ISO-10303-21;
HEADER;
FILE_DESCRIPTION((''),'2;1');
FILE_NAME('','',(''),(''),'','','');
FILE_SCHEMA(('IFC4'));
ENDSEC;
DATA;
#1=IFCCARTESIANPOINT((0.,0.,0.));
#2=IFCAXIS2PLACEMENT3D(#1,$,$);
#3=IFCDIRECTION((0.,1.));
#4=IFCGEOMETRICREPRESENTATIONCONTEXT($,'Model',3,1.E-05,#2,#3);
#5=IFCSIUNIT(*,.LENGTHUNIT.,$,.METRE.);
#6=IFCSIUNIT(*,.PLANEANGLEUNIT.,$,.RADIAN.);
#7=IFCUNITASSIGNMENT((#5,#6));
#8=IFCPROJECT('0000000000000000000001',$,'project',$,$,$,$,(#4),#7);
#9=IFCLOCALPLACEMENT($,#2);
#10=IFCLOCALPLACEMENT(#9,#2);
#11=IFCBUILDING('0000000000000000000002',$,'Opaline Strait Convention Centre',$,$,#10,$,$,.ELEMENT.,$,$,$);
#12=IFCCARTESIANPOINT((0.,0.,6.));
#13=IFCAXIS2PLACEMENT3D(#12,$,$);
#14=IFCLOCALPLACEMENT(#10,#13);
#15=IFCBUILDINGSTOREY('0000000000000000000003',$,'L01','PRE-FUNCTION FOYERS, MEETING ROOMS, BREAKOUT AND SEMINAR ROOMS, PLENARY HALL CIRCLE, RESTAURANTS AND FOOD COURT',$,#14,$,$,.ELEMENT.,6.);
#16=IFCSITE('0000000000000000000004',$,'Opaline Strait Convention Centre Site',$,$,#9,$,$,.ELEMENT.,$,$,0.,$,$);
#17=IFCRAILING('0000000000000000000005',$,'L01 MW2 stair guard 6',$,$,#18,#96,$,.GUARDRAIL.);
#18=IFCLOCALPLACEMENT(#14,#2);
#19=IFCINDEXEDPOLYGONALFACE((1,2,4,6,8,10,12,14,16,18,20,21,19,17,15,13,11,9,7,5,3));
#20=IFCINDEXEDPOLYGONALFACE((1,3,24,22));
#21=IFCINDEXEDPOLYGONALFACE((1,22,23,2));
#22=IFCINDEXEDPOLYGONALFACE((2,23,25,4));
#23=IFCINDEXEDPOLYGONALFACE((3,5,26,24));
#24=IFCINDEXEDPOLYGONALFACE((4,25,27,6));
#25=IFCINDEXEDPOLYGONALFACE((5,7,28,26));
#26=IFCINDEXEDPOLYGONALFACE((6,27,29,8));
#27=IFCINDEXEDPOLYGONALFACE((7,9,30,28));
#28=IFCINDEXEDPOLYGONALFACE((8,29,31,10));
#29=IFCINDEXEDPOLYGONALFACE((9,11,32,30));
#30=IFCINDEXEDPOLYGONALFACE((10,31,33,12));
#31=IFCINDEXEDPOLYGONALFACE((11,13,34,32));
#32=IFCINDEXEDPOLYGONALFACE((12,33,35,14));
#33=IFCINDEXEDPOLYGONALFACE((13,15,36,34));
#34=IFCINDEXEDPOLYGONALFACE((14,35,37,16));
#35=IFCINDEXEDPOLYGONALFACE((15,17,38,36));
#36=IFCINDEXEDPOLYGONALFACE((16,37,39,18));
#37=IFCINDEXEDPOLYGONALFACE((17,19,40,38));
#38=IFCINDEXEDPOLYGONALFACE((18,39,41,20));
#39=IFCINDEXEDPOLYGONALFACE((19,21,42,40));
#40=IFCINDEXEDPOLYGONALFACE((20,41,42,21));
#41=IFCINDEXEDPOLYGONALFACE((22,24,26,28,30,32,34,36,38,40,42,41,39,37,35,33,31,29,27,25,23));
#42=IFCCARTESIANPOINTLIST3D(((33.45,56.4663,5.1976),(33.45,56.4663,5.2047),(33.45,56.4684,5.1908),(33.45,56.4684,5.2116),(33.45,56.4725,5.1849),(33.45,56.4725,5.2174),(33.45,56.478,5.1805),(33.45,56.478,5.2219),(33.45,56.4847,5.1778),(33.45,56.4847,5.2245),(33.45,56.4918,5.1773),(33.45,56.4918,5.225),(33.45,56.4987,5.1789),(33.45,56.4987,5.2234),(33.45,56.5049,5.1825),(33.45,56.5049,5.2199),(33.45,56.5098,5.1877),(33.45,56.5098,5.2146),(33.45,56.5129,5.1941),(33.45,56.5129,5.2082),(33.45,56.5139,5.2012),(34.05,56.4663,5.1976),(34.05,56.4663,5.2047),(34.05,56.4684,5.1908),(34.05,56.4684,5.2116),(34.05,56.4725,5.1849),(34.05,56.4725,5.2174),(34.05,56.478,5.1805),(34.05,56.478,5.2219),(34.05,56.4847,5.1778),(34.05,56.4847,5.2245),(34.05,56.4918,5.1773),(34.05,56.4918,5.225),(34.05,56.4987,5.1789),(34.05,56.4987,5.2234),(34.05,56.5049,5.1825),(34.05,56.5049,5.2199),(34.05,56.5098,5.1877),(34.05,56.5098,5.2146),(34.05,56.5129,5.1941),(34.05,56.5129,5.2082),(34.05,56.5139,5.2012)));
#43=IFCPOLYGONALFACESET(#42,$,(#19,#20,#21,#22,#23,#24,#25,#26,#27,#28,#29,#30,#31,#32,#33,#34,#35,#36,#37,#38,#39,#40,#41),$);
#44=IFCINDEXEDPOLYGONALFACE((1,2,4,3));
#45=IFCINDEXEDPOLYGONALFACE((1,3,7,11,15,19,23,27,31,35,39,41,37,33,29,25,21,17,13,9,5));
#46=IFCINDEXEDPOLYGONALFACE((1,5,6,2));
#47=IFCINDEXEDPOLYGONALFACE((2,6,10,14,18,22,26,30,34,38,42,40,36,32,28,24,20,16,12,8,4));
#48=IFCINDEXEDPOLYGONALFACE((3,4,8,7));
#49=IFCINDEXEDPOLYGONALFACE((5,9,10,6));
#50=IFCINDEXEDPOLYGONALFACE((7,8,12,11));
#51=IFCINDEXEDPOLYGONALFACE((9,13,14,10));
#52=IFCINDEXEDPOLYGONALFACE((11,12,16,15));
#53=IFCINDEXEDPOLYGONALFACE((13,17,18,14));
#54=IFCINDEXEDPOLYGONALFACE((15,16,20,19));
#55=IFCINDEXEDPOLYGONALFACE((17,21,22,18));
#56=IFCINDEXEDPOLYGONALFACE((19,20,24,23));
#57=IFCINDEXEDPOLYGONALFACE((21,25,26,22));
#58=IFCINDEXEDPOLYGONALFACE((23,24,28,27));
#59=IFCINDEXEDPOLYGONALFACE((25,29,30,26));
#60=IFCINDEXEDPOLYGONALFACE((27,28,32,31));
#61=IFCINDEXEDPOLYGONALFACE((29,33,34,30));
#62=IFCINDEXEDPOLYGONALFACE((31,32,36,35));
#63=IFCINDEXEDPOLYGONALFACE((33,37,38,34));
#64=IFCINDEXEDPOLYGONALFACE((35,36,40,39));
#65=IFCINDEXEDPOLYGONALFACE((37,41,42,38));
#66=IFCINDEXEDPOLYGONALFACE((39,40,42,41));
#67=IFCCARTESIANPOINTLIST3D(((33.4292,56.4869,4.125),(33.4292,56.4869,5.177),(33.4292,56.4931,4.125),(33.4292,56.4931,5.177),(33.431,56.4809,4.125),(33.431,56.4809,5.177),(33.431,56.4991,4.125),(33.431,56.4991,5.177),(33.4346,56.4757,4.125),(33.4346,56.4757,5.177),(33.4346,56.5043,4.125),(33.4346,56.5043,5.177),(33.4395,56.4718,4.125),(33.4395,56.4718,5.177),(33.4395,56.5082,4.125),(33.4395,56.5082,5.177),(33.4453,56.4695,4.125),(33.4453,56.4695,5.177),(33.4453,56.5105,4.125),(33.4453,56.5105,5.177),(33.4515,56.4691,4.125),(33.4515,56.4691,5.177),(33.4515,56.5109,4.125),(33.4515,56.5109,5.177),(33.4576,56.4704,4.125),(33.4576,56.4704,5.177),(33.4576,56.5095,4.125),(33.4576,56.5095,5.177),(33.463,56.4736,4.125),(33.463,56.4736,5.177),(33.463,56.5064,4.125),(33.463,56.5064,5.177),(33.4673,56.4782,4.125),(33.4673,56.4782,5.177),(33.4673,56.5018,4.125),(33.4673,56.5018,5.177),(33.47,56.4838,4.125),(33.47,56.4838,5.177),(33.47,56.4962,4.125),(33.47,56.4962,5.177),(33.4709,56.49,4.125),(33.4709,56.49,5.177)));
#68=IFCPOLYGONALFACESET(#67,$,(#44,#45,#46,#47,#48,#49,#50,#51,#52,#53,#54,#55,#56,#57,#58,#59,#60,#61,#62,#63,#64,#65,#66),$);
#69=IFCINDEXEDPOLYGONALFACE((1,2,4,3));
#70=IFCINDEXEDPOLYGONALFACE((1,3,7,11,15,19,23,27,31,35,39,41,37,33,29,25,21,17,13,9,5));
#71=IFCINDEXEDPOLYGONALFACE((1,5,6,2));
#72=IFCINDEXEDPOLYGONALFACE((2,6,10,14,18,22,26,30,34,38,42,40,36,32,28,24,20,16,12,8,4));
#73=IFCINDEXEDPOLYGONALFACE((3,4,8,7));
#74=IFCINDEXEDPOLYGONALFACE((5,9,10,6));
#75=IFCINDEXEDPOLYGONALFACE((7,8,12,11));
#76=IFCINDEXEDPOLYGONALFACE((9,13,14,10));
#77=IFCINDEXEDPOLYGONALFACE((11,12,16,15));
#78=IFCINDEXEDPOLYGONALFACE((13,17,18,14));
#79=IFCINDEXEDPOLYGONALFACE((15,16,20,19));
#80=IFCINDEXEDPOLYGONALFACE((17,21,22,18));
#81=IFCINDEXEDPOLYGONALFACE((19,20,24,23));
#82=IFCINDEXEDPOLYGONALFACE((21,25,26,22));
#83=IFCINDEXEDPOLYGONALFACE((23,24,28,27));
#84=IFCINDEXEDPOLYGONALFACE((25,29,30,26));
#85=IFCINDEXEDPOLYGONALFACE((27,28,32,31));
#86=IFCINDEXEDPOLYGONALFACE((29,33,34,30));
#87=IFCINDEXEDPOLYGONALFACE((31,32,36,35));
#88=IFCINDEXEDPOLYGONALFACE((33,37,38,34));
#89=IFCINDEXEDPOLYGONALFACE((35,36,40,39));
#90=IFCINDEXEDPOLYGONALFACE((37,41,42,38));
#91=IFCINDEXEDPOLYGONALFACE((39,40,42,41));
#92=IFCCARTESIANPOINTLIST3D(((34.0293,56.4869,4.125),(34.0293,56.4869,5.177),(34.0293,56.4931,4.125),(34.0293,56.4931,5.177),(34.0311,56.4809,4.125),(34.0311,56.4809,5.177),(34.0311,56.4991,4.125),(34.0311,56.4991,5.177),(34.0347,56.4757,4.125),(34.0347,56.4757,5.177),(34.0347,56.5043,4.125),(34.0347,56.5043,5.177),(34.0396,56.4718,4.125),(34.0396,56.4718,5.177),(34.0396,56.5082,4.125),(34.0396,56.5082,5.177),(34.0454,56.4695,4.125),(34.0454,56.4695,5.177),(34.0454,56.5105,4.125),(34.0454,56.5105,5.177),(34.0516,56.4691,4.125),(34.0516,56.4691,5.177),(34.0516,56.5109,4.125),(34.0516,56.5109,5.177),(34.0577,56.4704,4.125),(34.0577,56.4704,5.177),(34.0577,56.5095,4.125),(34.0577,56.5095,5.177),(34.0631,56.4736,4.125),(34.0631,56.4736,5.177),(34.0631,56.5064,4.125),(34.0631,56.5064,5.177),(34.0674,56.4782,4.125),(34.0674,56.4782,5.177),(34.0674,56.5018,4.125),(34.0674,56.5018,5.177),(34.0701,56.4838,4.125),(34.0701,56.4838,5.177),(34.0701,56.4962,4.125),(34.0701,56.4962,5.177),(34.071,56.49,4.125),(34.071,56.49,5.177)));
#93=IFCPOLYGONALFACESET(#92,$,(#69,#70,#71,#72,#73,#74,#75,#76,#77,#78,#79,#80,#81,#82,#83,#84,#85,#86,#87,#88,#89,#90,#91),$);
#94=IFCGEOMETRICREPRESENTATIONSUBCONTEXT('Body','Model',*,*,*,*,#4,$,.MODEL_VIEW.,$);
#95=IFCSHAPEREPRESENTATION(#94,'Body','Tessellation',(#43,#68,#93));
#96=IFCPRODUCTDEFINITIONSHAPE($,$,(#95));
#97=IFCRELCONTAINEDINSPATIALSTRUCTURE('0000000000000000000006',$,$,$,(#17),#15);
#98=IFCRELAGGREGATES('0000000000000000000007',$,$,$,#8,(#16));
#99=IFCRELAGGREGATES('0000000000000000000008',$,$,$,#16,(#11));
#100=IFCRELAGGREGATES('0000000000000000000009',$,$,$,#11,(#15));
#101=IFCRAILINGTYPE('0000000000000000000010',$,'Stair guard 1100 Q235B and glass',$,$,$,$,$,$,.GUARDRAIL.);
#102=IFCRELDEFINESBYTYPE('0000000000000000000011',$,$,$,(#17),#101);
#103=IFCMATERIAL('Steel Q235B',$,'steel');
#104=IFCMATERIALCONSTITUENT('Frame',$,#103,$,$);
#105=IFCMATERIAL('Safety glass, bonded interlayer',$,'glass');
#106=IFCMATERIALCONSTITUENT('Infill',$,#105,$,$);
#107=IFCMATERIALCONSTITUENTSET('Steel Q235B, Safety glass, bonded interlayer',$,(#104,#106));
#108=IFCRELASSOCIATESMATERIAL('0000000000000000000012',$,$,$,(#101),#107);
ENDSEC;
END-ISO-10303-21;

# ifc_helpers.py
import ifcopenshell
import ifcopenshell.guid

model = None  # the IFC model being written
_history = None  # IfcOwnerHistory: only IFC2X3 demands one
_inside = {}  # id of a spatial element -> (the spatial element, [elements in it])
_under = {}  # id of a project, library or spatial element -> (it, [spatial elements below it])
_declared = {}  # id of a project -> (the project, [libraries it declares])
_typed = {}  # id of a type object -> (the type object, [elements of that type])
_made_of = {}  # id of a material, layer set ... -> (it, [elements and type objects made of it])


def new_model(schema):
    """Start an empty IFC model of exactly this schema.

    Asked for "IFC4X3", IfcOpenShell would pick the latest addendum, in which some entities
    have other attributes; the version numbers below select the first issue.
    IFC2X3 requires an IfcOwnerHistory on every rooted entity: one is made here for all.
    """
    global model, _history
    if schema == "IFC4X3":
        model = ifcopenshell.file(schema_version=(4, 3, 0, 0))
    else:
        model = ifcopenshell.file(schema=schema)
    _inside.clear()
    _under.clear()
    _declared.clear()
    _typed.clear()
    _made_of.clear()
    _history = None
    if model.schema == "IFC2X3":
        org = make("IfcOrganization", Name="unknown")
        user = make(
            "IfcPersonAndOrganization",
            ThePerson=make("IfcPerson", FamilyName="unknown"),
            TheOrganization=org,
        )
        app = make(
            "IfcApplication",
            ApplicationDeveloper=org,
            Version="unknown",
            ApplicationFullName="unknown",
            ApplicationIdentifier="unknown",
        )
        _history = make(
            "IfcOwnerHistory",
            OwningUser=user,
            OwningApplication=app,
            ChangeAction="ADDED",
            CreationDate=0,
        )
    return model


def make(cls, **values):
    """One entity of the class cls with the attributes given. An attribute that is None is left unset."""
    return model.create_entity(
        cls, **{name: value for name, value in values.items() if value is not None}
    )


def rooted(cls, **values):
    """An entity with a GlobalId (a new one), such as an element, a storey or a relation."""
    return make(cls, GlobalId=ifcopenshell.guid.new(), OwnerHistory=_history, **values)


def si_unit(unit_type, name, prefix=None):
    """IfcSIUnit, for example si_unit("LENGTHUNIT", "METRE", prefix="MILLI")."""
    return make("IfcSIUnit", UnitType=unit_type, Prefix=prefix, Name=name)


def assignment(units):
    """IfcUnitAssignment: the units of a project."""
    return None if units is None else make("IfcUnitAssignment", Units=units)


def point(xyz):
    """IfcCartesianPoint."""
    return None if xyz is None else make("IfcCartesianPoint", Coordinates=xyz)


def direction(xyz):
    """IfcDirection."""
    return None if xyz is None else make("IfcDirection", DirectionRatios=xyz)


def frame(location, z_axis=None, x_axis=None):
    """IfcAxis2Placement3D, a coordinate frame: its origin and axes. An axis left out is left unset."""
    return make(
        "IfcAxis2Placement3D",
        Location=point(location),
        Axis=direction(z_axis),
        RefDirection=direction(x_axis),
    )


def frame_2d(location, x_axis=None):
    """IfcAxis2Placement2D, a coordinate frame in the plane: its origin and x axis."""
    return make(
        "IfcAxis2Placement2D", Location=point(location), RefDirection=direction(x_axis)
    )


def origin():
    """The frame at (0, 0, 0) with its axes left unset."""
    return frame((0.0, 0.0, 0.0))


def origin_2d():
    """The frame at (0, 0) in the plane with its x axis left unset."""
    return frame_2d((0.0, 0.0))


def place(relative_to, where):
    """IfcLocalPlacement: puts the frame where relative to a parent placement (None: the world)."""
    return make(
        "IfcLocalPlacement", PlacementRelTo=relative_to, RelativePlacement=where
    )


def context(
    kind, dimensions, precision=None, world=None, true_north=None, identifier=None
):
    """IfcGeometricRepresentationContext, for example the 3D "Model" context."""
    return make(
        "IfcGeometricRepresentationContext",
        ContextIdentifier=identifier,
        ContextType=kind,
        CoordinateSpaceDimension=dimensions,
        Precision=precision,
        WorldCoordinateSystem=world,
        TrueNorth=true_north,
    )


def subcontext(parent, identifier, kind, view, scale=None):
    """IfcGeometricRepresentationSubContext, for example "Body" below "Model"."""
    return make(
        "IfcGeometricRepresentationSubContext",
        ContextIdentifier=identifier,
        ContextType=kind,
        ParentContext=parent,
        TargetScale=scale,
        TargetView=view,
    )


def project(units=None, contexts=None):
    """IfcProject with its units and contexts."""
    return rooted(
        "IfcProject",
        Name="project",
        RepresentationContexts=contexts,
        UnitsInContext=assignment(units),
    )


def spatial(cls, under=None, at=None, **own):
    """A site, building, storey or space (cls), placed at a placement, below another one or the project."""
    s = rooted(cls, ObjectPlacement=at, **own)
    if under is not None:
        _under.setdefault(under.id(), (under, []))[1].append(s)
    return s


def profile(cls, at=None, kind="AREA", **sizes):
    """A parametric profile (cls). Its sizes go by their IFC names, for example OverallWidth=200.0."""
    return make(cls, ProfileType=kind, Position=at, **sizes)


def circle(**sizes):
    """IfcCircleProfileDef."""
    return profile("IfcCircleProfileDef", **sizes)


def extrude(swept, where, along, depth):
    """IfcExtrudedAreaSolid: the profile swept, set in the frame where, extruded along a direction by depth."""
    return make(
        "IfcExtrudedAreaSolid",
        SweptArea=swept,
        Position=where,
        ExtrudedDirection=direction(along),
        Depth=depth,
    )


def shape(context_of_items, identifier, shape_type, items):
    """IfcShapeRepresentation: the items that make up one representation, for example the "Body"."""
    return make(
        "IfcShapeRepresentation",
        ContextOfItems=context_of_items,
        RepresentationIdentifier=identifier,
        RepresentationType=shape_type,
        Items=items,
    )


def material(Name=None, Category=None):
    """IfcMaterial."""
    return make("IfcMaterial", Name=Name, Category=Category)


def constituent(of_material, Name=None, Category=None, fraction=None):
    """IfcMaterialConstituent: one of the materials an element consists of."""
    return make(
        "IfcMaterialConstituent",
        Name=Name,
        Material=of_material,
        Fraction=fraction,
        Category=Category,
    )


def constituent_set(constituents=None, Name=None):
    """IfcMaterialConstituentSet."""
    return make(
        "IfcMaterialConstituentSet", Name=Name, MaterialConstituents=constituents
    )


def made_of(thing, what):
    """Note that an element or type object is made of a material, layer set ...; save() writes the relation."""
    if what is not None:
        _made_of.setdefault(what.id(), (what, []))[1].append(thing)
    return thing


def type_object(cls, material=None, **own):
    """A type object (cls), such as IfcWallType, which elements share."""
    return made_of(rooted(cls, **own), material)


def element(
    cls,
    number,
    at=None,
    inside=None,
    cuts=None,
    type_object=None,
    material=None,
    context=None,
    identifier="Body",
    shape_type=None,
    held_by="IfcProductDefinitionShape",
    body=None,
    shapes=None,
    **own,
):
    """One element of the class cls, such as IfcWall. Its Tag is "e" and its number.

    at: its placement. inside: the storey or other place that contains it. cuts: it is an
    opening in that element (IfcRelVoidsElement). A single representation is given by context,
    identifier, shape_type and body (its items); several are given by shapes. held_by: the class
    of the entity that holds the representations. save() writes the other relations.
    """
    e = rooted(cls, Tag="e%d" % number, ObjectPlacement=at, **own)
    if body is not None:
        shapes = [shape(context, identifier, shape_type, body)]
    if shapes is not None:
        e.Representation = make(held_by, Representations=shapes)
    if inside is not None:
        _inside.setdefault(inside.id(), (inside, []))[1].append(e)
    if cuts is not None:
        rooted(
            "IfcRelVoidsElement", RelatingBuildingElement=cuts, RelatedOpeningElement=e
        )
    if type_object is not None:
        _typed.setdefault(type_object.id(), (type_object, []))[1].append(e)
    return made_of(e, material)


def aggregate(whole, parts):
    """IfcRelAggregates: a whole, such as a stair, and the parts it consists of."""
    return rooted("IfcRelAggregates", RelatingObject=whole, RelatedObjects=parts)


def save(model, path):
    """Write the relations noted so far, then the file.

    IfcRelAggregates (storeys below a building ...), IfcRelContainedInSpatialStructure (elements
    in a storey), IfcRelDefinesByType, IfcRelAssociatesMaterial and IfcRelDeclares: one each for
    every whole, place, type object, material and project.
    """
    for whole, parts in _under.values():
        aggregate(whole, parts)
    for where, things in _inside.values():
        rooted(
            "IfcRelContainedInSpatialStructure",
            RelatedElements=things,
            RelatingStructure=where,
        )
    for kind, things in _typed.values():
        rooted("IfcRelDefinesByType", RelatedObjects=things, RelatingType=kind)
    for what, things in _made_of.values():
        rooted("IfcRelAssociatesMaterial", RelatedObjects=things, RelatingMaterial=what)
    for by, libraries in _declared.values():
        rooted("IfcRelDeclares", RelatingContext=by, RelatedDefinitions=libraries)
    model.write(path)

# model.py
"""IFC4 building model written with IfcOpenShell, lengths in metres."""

from ifc_helpers import new_model, si_unit, direction, frame, origin, origin_2d, place, context, subcontext, project, spatial, circle, extrude, material, constituent, constituent_set, type_object, element, save


model = new_model("IFC4")

# Units and contexts
model_context = context("Model", 3, precision=1e-05, world=origin(), true_north=direction((0.0, 1.0)))
body_context = subcontext(model_context, "Body", "Model", "MODEL_VIEW")
ifc_project = project(units=[si_unit("LENGTHUNIT", "METRE"), si_unit("PLANEANGLEUNIT", "RADIAN")], contexts=[model_context])

# Site, building, storey
site_placement = place(None, origin())
site = spatial("IfcSite", under=ifc_project, at=site_placement, Name="Opaline Strait Convention Centre Site", CompositionType="ELEMENT", RefElevation=0.0)
building_placement = place(site_placement, origin())
building = spatial("IfcBuilding", under=site, at=building_placement, Name="Opaline Strait Convention Centre", CompositionType="ELEMENT")
storey_placement = place(building_placement, frame((0.0, 0.0, 6.0)))
storey = spatial("IfcBuildingStorey", under=building, at=storey_placement, Name="L01", Description="PRE-FUNCTION FOYERS, MEETING ROOMS, BREAKOUT AND SEMINAR ROOMS, PLENARY HALL CIRCLE, RESTAURANTS AND FOOD COURT", CompositionType="ELEMENT", Elevation=6.0)

# Railing
ifc_material_1 = material(Name="Steel Q235B", Category="steel")
ifc_constituent_1 = constituent(ifc_material_1, Name="Frame")
ifc_material_2 = material(Name="Safety glass, bonded interlayer", Category="glass")
ifc_constituent_2 = constituent(ifc_material_2, Name="Infill")
ifc_constituent_set = constituent_set(constituents=[ifc_constituent_1, ifc_constituent_2], Name="Steel Q235B, Safety glass, bonded interlayer")
railing_type_1 = type_object("IfcRailingType", Name="Stair guard 1100 Q235B and glass", PredefinedType="GUARDRAIL", material=ifc_constituent_set)
railing_1_placement = place(storey_placement, frame((33.45, 56.49, 4.125)))
element("IfcRailing", 1, at=railing_1_placement, inside=storey, type_object=railing_type_1, Name="L01 MW2 stair guard 6", PredefinedType="GUARDRAIL", context=body_context, shape_type="SweptSolid", body=[
    extrude(circle(Radius=0.0239, at=origin_2d()), frame((0.0, 0.0, 1.0762), z_axis=(1.0, 0.0, 0.0), x_axis=(0.0, 1.0, 0.0)), (0.0, 0.0, 1.0), 0.6001),
    extrude(circle(Radius=0.021, at=origin_2d()), origin(), (0.0, 0.0, 1.0), 1.052),
    extrude(circle(Radius=0.021, at=origin_2d()), frame((0.6001, 0.0, 0.0)), (0.0, 0.0, 1.0), 1.052),
])

save(model, "model.ifc")
